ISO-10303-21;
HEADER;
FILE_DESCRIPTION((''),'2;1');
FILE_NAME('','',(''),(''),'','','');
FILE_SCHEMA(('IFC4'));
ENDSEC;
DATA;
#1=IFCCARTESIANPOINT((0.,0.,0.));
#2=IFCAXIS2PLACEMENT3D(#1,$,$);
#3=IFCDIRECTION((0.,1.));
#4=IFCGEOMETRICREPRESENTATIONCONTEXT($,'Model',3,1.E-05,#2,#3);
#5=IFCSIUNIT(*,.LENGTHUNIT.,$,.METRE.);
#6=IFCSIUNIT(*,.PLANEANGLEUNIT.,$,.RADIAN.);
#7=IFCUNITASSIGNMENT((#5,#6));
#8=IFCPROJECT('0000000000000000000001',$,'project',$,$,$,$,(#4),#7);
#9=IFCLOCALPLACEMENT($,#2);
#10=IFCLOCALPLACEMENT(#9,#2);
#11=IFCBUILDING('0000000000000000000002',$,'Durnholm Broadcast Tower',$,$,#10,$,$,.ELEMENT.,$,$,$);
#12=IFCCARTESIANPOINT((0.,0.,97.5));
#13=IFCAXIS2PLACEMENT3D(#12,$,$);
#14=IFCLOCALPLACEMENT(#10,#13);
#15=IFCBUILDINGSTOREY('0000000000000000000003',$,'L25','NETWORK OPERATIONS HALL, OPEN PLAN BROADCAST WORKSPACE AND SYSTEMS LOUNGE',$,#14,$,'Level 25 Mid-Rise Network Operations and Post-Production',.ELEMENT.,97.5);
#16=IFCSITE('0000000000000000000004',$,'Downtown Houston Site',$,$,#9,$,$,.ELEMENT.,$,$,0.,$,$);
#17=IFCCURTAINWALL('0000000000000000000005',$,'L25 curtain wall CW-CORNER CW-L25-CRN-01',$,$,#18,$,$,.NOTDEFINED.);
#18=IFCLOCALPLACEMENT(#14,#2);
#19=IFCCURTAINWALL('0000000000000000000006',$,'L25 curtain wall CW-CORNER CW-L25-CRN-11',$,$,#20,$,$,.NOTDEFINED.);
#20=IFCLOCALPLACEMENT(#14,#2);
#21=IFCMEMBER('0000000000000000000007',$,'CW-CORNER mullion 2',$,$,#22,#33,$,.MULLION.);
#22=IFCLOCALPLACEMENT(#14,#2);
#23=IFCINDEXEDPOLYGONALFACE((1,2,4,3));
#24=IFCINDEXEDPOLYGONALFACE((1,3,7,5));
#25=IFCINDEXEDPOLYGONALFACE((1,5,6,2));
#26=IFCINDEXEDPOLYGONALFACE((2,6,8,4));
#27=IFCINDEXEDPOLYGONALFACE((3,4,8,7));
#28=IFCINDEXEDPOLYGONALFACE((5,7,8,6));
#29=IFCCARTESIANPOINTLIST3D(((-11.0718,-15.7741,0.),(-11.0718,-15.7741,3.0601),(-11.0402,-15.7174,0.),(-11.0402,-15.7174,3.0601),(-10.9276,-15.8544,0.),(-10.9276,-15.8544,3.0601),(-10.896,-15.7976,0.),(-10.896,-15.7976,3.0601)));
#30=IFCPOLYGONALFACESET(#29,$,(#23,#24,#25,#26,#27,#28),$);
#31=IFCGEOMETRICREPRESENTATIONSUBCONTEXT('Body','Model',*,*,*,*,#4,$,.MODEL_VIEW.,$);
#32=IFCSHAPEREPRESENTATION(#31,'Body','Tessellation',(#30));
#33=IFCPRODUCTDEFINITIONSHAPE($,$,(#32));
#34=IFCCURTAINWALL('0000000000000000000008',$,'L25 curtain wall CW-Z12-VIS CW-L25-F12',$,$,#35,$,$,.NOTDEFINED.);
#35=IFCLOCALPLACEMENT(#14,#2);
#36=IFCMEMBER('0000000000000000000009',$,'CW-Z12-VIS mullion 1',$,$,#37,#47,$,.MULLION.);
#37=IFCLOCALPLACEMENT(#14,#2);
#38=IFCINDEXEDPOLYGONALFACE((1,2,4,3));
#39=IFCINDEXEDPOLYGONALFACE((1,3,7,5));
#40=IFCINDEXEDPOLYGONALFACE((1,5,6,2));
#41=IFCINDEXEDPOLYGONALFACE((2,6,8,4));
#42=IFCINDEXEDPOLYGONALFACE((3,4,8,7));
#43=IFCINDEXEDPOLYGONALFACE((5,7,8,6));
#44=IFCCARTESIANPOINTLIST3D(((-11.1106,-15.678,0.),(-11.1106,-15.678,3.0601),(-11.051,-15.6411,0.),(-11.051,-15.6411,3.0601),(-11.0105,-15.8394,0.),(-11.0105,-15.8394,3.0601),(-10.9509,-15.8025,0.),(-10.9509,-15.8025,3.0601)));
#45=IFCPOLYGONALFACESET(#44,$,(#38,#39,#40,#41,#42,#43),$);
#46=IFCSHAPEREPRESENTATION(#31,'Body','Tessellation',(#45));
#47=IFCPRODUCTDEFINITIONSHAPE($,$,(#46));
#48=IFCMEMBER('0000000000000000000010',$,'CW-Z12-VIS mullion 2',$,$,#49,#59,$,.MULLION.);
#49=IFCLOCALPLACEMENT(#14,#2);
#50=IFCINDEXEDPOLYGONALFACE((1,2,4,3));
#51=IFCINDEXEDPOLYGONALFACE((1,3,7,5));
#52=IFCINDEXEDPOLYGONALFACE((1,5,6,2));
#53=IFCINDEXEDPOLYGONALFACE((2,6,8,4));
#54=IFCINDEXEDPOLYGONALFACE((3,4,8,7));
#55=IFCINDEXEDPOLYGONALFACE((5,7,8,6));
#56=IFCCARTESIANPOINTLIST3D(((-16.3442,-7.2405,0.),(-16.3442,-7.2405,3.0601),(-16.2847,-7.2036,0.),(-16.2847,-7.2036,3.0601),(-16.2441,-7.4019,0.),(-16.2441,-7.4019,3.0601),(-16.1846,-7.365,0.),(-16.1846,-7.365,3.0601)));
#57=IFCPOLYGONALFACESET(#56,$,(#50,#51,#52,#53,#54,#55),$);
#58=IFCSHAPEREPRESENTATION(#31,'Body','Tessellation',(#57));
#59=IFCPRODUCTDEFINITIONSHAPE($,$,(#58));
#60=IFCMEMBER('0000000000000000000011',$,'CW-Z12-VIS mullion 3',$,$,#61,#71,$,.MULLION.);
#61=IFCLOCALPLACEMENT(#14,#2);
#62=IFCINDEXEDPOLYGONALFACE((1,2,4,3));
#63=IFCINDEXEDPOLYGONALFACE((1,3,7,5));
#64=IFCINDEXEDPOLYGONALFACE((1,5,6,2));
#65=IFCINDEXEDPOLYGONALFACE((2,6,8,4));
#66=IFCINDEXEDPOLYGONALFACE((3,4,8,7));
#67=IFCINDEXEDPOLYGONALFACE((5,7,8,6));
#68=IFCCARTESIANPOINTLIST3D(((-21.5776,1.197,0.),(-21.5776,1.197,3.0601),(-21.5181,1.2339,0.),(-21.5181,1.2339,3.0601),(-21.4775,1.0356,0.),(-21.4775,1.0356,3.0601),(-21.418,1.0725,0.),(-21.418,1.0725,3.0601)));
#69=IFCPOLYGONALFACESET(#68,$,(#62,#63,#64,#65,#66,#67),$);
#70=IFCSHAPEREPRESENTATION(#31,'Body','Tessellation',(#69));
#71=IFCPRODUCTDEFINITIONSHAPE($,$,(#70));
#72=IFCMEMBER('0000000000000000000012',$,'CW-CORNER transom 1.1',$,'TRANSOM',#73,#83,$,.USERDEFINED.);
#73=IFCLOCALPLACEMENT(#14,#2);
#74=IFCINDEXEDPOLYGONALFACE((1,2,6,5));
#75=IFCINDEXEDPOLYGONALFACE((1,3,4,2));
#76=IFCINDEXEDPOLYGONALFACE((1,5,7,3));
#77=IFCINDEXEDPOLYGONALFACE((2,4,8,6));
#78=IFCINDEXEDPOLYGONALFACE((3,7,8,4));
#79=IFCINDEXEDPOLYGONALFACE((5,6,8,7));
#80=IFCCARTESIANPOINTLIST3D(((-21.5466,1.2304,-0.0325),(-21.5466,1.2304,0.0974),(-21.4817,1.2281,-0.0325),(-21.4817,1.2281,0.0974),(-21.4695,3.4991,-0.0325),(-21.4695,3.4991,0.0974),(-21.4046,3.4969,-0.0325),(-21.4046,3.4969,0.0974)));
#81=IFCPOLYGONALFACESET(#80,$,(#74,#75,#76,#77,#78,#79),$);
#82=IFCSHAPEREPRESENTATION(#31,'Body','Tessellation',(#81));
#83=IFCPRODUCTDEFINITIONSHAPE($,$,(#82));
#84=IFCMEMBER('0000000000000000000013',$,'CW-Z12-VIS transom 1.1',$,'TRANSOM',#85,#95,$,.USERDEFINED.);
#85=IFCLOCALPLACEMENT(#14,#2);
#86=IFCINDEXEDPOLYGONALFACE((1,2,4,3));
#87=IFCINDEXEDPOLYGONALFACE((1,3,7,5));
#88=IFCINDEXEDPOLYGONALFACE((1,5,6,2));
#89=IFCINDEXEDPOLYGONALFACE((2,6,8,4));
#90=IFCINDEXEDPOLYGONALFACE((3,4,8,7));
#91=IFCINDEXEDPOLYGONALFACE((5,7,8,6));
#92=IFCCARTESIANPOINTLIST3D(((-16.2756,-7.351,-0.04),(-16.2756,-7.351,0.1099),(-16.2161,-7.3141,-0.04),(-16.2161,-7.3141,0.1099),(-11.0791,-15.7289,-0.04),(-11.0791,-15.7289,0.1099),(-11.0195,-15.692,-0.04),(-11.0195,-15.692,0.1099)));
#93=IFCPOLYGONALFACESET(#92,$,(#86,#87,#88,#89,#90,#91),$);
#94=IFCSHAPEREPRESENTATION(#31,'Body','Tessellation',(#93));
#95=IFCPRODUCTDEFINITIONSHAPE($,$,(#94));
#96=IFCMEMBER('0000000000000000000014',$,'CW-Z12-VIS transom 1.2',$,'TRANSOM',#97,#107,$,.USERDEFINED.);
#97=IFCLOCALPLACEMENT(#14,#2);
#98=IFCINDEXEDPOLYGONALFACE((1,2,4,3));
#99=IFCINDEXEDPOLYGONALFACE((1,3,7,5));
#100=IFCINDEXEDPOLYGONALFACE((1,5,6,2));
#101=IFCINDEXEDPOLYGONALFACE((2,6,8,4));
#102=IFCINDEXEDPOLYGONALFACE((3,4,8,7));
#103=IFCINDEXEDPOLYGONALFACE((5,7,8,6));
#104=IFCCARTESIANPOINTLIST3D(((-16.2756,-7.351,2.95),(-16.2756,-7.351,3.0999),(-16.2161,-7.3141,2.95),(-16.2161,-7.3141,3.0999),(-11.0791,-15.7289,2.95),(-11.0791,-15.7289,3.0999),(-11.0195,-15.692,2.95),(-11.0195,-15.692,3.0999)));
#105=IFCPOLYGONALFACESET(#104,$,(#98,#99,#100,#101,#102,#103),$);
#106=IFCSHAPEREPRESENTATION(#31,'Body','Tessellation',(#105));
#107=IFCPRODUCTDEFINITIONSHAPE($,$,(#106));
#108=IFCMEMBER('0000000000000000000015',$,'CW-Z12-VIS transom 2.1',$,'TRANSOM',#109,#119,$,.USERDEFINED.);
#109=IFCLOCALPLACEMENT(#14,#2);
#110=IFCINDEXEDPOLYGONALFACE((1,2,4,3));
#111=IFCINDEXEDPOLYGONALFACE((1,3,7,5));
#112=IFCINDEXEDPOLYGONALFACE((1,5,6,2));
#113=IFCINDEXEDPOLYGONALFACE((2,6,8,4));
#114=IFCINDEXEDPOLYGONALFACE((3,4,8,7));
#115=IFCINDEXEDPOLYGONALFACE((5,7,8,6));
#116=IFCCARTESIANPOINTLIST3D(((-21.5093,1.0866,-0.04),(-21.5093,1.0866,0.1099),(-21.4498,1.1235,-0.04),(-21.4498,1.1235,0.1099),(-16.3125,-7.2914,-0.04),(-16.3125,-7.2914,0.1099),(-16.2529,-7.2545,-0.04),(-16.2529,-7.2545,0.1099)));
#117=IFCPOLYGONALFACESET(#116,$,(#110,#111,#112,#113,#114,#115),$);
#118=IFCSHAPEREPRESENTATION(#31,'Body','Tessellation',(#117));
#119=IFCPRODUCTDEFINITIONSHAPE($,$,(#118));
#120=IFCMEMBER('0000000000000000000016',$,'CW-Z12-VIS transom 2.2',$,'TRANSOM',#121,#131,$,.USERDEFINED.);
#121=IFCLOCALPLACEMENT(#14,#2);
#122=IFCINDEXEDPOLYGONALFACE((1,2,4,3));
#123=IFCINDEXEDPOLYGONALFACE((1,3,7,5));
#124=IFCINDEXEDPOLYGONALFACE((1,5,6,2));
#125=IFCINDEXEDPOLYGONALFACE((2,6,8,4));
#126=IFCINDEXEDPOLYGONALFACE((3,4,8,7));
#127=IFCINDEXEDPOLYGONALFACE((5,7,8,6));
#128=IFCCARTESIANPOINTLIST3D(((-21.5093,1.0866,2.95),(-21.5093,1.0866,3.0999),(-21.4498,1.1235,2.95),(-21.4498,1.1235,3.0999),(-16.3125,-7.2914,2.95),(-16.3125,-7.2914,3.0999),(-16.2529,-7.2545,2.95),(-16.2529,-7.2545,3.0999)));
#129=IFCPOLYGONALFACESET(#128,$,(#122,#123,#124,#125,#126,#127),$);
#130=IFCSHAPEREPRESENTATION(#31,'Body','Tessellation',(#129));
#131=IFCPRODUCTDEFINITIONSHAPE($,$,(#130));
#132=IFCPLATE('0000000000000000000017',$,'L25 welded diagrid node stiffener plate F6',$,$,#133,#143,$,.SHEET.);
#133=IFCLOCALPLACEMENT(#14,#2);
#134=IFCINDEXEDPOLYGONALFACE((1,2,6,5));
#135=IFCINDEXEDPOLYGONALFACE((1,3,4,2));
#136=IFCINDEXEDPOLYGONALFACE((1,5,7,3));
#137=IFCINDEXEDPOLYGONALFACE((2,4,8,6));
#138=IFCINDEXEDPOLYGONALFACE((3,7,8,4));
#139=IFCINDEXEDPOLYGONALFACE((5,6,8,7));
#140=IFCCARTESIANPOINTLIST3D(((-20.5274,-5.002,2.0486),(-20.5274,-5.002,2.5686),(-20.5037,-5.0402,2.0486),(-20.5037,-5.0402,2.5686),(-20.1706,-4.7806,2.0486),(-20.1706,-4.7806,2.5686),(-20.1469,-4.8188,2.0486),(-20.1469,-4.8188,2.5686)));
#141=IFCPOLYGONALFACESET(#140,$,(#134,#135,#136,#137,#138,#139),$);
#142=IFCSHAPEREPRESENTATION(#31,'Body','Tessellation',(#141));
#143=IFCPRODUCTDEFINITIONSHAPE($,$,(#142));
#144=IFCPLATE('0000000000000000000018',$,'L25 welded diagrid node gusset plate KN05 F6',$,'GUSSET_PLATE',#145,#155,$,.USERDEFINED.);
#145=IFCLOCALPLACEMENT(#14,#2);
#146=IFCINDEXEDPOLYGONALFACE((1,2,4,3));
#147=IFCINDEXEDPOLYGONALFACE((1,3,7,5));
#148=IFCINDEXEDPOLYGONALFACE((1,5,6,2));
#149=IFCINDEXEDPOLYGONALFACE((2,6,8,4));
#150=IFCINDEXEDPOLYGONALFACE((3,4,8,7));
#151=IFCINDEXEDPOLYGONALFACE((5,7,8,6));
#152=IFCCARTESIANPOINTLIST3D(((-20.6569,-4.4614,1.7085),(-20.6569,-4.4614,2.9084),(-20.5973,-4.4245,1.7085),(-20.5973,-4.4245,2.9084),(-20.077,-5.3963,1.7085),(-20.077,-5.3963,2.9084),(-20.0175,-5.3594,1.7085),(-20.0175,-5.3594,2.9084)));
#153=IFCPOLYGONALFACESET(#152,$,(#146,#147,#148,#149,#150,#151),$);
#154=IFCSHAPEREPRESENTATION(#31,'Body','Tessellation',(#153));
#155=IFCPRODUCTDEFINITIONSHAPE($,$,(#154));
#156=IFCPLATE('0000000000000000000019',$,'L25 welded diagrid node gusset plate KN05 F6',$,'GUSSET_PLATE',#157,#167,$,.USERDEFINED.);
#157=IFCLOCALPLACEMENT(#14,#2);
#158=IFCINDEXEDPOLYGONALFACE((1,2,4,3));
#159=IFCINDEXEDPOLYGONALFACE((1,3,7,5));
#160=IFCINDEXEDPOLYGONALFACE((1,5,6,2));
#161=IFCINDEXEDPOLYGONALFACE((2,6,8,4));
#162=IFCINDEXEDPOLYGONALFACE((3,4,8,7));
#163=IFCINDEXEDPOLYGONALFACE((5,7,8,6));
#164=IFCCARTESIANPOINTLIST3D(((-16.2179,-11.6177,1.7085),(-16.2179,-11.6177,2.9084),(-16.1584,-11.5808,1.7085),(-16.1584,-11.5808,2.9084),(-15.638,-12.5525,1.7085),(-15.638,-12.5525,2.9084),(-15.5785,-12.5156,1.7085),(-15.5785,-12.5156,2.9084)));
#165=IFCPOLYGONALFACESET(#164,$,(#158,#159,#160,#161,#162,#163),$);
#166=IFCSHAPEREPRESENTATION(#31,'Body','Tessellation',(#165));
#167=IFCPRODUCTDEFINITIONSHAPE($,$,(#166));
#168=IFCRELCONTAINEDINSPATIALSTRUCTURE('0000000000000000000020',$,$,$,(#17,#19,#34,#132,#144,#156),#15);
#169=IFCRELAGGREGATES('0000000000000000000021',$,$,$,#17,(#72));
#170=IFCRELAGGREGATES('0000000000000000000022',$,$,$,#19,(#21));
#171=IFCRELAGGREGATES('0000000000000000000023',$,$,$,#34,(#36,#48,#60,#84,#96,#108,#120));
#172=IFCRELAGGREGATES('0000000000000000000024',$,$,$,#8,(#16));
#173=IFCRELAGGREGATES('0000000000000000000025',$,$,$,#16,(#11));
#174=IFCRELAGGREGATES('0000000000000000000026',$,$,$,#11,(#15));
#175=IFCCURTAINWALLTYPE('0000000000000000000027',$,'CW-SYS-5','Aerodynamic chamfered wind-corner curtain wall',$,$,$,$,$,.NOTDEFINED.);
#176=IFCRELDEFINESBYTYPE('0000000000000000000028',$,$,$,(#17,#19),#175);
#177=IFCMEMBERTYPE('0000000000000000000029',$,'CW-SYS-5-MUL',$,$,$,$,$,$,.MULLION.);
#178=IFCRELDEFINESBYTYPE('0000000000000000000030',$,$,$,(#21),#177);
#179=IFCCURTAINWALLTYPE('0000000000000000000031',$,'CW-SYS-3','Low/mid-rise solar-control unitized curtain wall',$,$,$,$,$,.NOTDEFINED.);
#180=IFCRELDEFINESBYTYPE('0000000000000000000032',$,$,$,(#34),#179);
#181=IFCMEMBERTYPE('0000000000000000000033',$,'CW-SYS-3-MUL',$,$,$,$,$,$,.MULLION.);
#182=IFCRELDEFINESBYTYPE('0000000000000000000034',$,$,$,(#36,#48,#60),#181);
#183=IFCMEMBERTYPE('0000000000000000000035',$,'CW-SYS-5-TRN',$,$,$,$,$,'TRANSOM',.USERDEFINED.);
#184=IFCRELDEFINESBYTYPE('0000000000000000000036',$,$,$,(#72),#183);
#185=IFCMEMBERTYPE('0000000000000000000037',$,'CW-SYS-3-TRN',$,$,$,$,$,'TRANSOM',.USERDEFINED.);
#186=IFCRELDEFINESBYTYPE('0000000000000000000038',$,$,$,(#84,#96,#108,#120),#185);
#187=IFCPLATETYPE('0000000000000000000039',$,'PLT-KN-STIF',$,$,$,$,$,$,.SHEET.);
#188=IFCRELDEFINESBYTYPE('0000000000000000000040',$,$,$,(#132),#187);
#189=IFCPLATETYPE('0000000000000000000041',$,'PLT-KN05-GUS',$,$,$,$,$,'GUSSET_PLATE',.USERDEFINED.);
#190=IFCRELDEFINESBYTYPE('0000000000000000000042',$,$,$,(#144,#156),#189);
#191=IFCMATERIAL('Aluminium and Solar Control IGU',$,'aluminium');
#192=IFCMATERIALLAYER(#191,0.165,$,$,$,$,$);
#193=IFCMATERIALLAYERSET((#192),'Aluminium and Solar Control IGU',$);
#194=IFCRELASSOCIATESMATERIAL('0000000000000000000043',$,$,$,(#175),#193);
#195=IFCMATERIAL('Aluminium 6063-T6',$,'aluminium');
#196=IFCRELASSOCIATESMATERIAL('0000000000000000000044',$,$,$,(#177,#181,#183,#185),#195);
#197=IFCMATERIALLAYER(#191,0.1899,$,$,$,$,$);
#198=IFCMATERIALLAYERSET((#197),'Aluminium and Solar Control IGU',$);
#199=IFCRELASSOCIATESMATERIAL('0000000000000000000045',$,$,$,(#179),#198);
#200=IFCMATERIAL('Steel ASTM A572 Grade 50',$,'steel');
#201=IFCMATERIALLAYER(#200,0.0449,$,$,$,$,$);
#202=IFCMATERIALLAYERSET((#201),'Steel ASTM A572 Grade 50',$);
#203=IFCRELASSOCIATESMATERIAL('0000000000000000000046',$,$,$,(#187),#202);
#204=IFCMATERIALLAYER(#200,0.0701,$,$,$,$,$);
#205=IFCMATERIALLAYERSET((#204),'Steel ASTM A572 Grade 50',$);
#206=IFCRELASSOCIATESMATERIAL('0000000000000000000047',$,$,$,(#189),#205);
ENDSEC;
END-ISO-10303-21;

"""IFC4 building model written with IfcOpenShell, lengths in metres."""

from ifc_helpers import new_model, si_unit, direction, frame, origin, origin_2d, place, context, subcontext, project, spatial, rectangle, extrude, source, transform, mapped, material, layer, layer_set, material_profile, profile_set, type_object, type_shapes, element, aggregate, save


model = new_model("IFC4")

# Units and contexts
model_context = context("Model", 3, precision=1e-05, world=origin(), true_north=direction((0.0, 1.0)))
body_context = subcontext(model_context, "Body", "Model", "MODEL_VIEW")
ifc_project = project(units=[si_unit("LENGTHUNIT", "METRE"), si_unit("PLANEANGLEUNIT", "RADIAN")], contexts=[model_context])

# Site, building, storey
site_placement = place(None, origin())
site = spatial("IfcSite", under=ifc_project, at=site_placement, Name="Downtown Houston Site", CompositionType="ELEMENT", RefElevation=0.0)
building_placement = place(site_placement, origin())
building = spatial("IfcBuilding", under=site, at=building_placement, Name="Durnholm Broadcast Tower", CompositionType="ELEMENT")
storey_placement = place(building_placement, frame((0.0, 0.0, 97.5)))
storey = spatial("IfcBuildingStorey", under=building, at=storey_placement, Name="L25", Description="NETWORK OPERATIONS HALL, OPEN PLAN BROADCAST WORKSPACE AND SYSTEMS LOUNGE", LongName="Level 25 Mid-Rise Network Operations and Post-Production", CompositionType="ELEMENT", Elevation=97.5)

# Curtain walls, member
ifc_material_1 = material(Name="Aluminium and Solar Control IGU", Category="aluminium")
ifc_layer_1 = layer(ifc_material_1, 0.165)
ifc_layer_set_1 = layer_set([ifc_layer_1], Name="Aluminium and Solar Control IGU")
curtain_wall_type_1 = type_object("IfcCurtainWallType", Name="CW-SYS-5", Description="Aerodynamic chamfered wind-corner curtain wall", PredefinedType="NOTDEFINED", material=ifc_layer_set_1)
curtain_wall_1_placement = place(storey_placement, origin())
curtain_wall_1 = element("IfcCurtainWall", 1, at=curtain_wall_1_placement, inside=storey, type_object=curtain_wall_type_1, Name="L25 curtain wall CW-CORNER CW-L25-CRN-01", PredefinedType="NOTDEFINED")
ifc_material_2 = material(Name="Aluminium 6063-T6", Category="aluminium")
ifc_material_profile_1 = material_profile(ifc_material_2, rectangle(XDim=0.0649, YDim=0.165, at=origin_2d()), Name="CWM65X165")
ifc_profile_set_1 = profile_set([ifc_material_profile_1], Name="Aluminium 6063-T6")
member_type_1 = type_object("IfcMemberType", Name="CW-SYS-5-MUL", PredefinedType="MULLION", material=ifc_profile_set_1)
shared_shape_1 = source(origin(), body_context, "Body", "SweptSolid", [
    extrude(rectangle(XDim=0.0649, YDim=0.165, at=origin_2d()), origin(), (0.0, 0.0, 1.0), 3.0601),
])
type_shapes(member_type_1, [shared_shape_1])
curtain_wall_2_placement = place(storey_placement, origin())
curtain_wall_2 = element("IfcCurtainWall", 2, at=curtain_wall_2_placement, inside=storey, type_object=curtain_wall_type_1, Name="L25 curtain wall CW-CORNER CW-L25-CRN-11", PredefinedType="NOTDEFINED")
member_1_placement = place(storey_placement, frame((-10.9839, -15.7859, 0.0), z_axis=(0.0, 0.0, 1.0), x_axis=(-0.486244, -0.873823, 0.0)))
member_1 = element("IfcMember", 3, at=member_1_placement, type_object=member_type_1, Name="CW-CORNER mullion 2", PredefinedType="MULLION", context=body_context, shape_type="MappedRepresentation", body=[
    mapped(shared_shape_1, transform((0.0, 0.0, 0.0), x_axis=(1.0, 0.0, 0.0), y_axis=(0.0, 1.0, 0.0), z_axis=(0.0, 0.0, 1.0), scale=1.0)),
])

# Curtain wall, members
ifc_layer_2 = layer(ifc_material_1, 0.1899)
ifc_layer_set_2 = layer_set([ifc_layer_2], Name="Aluminium and Solar Control IGU")
curtain_wall_type_2 = type_object("IfcCurtainWallType", Name="CW-SYS-3", Description="Low/mid-rise solar-control unitized curtain wall", PredefinedType="NOTDEFINED", material=ifc_layer_set_2)
curtain_wall_3_placement = place(storey_placement, origin())
curtain_wall_3 = element("IfcCurtainWall", 4, at=curtain_wall_3_placement, inside=storey, type_object=curtain_wall_type_2, Name="L25 curtain wall CW-Z12-VIS CW-L25-F12", PredefinedType="NOTDEFINED")
ifc_material_profile_2 = material_profile(ifc_material_2, rectangle(XDim=0.0701, YDim=0.1899, at=origin_2d()), Name="CWM70X190")
ifc_profile_set_2 = profile_set([ifc_material_profile_2], Name="Aluminium 6063-T6")
member_type_2 = type_object("IfcMemberType", Name="CW-SYS-3-MUL", PredefinedType="MULLION", material=ifc_profile_set_2)
shared_shape_2 = source(origin(), body_context, "Body", "SweptSolid", [
    extrude(rectangle(XDim=0.0701, YDim=0.1899, at=origin_2d()), origin(), (0.0, 0.0, 1.0), 3.0601),
])
type_shapes(member_type_2, [shared_shape_2])
member_2_placement = place(storey_placement, frame((-11.0308, -15.7402, 0.0), z_axis=(0.0, 0.0, 1.0), x_axis=(-0.8498, -0.527105, 0.0)))
member_2 = element("IfcMember", 5, at=member_2_placement, type_object=member_type_2, Name="CW-Z12-VIS mullion 1", PredefinedType="MULLION", context=body_context, shape_type="MappedRepresentation", body=[
    mapped(shared_shape_2, transform((0.0, 0.0, 0.0), x_axis=(1.0, 0.0, 0.0), y_axis=(0.0, 1.0, 0.0), z_axis=(0.0, 0.0, 1.0), scale=1.0)),
])
member_3_placement = place(storey_placement, frame((-16.2644, -7.3027, 0.0), z_axis=(0.0, 0.0, 1.0), x_axis=(-0.8498, -0.527105, 0.0)))
member_3 = element("IfcMember", 6, at=member_3_placement, type_object=member_type_2, Name="CW-Z12-VIS mullion 2", PredefinedType="MULLION", context=body_context, shape_type="MappedRepresentation", body=[
    mapped(shared_shape_2, transform((0.0, 0.0, 0.0), x_axis=(1.0, 0.0, 0.0), y_axis=(0.0, 1.0, 0.0), z_axis=(0.0, 0.0, 1.0), scale=1.0)),
])
member_4_placement = place(storey_placement, frame((-21.4978, 1.1348, 0.0), z_axis=(0.0, 0.0, 1.0), x_axis=(-0.8498, -0.527105, 0.0)))
member_4 = element("IfcMember", 7, at=member_4_placement, type_object=member_type_2, Name="CW-Z12-VIS mullion 3", PredefinedType="MULLION", context=body_context, shape_type="MappedRepresentation", body=[
    mapped(shared_shape_2, transform((0.0, 0.0, 0.0), x_axis=(1.0, 0.0, 0.0), y_axis=(0.0, 1.0, 0.0), z_axis=(0.0, 0.0, 1.0), scale=1.0)),
])

# Members
ifc_material_profile_3 = material_profile(ifc_material_2, rectangle(XDim=0.0649, YDim=0.1299, at=origin_2d()), Name="CWT65X130")
ifc_profile_set_3 = profile_set([ifc_material_profile_3], Name="Aluminium 6063-T6")
member_type_3 = type_object("IfcMemberType", Name="CW-SYS-5-TRN", ElementType="TRANSOM", PredefinedType="USERDEFINED", material=ifc_profile_set_3)
shared_shape_3 = source(origin(), body_context, "Body", "SweptSolid", [
    extrude(rectangle(XDim=0.0649, YDim=0.1299, at=origin_2d()), origin(), (0.0, 0.0, 1.0), 2.27),
])
type_shapes(member_type_3, [shared_shape_3])
member_5_placement = place(storey_placement, frame((-21.5142, 1.2292, 0.0325), z_axis=(0.033984, 0.999422, 0.0), x_axis=(-0.999422, 0.033984, 0.0)))
member_5 = element("IfcMember", 8, at=member_5_placement, type_object=member_type_3, Name="CW-CORNER transom 1.1", ObjectType="TRANSOM", PredefinedType="USERDEFINED", context=body_context, shape_type="MappedRepresentation", body=[
    mapped(shared_shape_3, transform((0.0, 0.0, 0.0), x_axis=(1.0, 0.0, 0.0), y_axis=(0.0, 1.0, 0.0), z_axis=(0.0, 0.0, 1.0), scale=1.0)),
])
aggregate(curtain_wall_1, [member_5])
ifc_material_profile_4 = material_profile(ifc_material_2, rectangle(XDim=0.0701, YDim=0.1499, at=origin_2d()), Name="CWT70X150")
ifc_profile_set_4 = profile_set([ifc_material_profile_4], Name="Aluminium 6063-T6")
member_type_4 = type_object("IfcMemberType", Name="CW-SYS-3-TRN", ElementType="TRANSOM", PredefinedType="USERDEFINED", material=ifc_profile_set_4)
shared_shape_4 = source(origin(), body_context, "Body", "SweptSolid", [
    extrude(rectangle(XDim=0.0701, YDim=0.1499, at=origin_2d()), origin(), (0.0, 0.0, 1.0), 9.8586),
])
member_6_placement = place(storey_placement, frame((-11.0493, -15.7104, 0.0349), z_axis=(-0.527102, 0.849802, 0.0), x_axis=(-0.849802, -0.527102, 0.0)))
member_6 = element("IfcMember", 9, at=member_6_placement, type_object=member_type_4, Name="CW-Z12-VIS transom 1.1", ObjectType="TRANSOM", PredefinedType="USERDEFINED", context=body_context, shape_type="MappedRepresentation", body=[
    mapped(shared_shape_4, transform((0.0, 0.0, 0.0), x_axis=(1.0, 0.0, 0.0), y_axis=(0.0, 1.0, 0.0), z_axis=(0.0, 0.0, 1.0), scale=1.0)),
])
member_7_placement = place(storey_placement, frame((-11.0493, -15.7104, 3.0249), z_axis=(-0.527102, 0.849802, 0.0), x_axis=(-0.849802, -0.527102, 0.0)))
member_7 = element("IfcMember", 10, at=member_7_placement, type_object=member_type_4, Name="CW-Z12-VIS transom 1.2", ObjectType="TRANSOM", PredefinedType="USERDEFINED", context=body_context, shape_type="MappedRepresentation", body=[
    mapped(shared_shape_4, transform((0.0, 0.0, 0.0), x_axis=(1.0, 0.0, 0.0), y_axis=(0.0, 1.0, 0.0), z_axis=(0.0, 0.0, 1.0), scale=1.0)),
])
shared_shape_5 = source(origin(), body_context, "Body", "SweptSolid", [
    extrude(rectangle(XDim=0.0701, YDim=0.1499, at=origin_2d()), origin(), (0.0, 0.0, 1.0), 9.8589),
])
type_shapes(member_type_4, [shared_shape_4, shared_shape_5])
member_8_placement = place(storey_placement, frame((-16.2827, -7.2729, 0.0349), z_axis=(-0.52712, 0.849791, 0.0), x_axis=(-0.849791, -0.52712, 0.0)))
member_8 = element("IfcMember", 11, at=member_8_placement, type_object=member_type_4, Name="CW-Z12-VIS transom 2.1", ObjectType="TRANSOM", PredefinedType="USERDEFINED", context=body_context, shape_type="MappedRepresentation", body=[
    mapped(shared_shape_5, transform((0.0, 0.0, 0.0), x_axis=(1.0, 0.0, 0.0), y_axis=(0.0, 1.0, 0.0), z_axis=(0.0, 0.0, 1.0), scale=1.0)),
])
member_9_placement = place(storey_placement, frame((-16.2827, -7.2729, 3.0249), z_axis=(-0.52712, 0.849791, 0.0), x_axis=(-0.849791, -0.52712, 0.0)))
member_9 = element("IfcMember", 12, at=member_9_placement, type_object=member_type_4, Name="CW-Z12-VIS transom 2.2", ObjectType="TRANSOM", PredefinedType="USERDEFINED", context=body_context, shape_type="MappedRepresentation", body=[
    mapped(shared_shape_5, transform((0.0, 0.0, 0.0), x_axis=(1.0, 0.0, 0.0), y_axis=(0.0, 1.0, 0.0), z_axis=(0.0, 0.0, 1.0), scale=1.0)),
])

# Plates
ifc_material_3 = material(Name="Steel ASTM A572 Grade 50", Category="steel")
ifc_layer_3 = layer(ifc_material_3, 0.0449)
ifc_layer_set_3 = layer_set([ifc_layer_3], Name="Steel ASTM A572 Grade 50")
plate_type_1 = type_object("IfcPlateType", Name="PLT-KN-STIF", PredefinedType="SHEET", material=ifc_layer_set_3)
shared_shape_6 = source(origin(), body_context, "Body", "SweptSolid", [
    extrude(rectangle(XDim=0.0449, YDim=0.4199, at=origin_2d()), origin(), (0.0, 0.0, 1.0), 0.52),
])
type_shapes(plate_type_1, [shared_shape_6])
plate_1_placement = place(storey_placement, frame((-20.3372, -4.9104, 2.0486), z_axis=(0.0, 0.0, 1.0), x_axis=(0.527104, -0.849801, 0.0)))
element("IfcPlate", 13, at=plate_1_placement, inside=storey, type_object=plate_type_1, Name="L25 welded diagrid node stiffener plate F6", PredefinedType="SHEET", context=body_context, shape_type="MappedRepresentation", body=[
    mapped(shared_shape_6, transform((0.0, 0.0, 0.0), x_axis=(1.0, 0.0, 0.0), y_axis=(0.0, 1.0, 0.0), z_axis=(0.0, 0.0, 1.0), scale=1.0)),
])
ifc_layer_4 = layer(ifc_material_3, 0.0701)
ifc_layer_set_4 = layer_set([ifc_layer_4], Name="Steel ASTM A572 Grade 50")
plate_type_2 = type_object("IfcPlateType", Name="PLT-KN05-GUS", ElementType="GUSSET_PLATE", PredefinedType="USERDEFINED", material=ifc_layer_set_4)
shared_shape_7 = source(origin(), body_context, "Body", "SweptSolid", [
    extrude(rectangle(XDim=1.1001, YDim=0.0701, at=origin_2d()), origin(), (0.0, 0.0, 1.0), 1.2),
])
type_shapes(plate_type_2, [shared_shape_7])
for number, where, z_axis, x_axis, name in (
    (14, (-20.3372, -4.9104, 1.7085), (0.0, 0.0, 1.0), (0.527104, -0.849801, 0.0), "L25 welded diagrid node gusset plate KN05 F6"),
    (15, (-15.8982, -12.0667, 1.7085), (0.0, 0.0, 1.0), (0.527104, -0.849801, 0.0), "L25 welded diagrid node gusset plate KN05 F6"),
):
    element("IfcPlate", number, at=place(storey_placement, frame(where, z_axis=z_axis, x_axis=x_axis)), inside=storey, type_object=plate_type_2, Name=name, ObjectType="GUSSET_PLATE", PredefinedType="USERDEFINED", context=body_context, shape_type="MappedRepresentation", body=[
        mapped(shared_shape_7, transform((0.0, 0.0, 0.0), x_axis=(1.0, 0.0, 0.0), y_axis=(0.0, 1.0, 0.0), z_axis=(0.0, 0.0, 1.0), scale=1.0)),
    ])

aggregate(curtain_wall_2, [member_1])
aggregate(curtain_wall_3, [member_2, member_3, member_4, member_6, member_7, member_8, member_9])

save(model, "model.ifc")
